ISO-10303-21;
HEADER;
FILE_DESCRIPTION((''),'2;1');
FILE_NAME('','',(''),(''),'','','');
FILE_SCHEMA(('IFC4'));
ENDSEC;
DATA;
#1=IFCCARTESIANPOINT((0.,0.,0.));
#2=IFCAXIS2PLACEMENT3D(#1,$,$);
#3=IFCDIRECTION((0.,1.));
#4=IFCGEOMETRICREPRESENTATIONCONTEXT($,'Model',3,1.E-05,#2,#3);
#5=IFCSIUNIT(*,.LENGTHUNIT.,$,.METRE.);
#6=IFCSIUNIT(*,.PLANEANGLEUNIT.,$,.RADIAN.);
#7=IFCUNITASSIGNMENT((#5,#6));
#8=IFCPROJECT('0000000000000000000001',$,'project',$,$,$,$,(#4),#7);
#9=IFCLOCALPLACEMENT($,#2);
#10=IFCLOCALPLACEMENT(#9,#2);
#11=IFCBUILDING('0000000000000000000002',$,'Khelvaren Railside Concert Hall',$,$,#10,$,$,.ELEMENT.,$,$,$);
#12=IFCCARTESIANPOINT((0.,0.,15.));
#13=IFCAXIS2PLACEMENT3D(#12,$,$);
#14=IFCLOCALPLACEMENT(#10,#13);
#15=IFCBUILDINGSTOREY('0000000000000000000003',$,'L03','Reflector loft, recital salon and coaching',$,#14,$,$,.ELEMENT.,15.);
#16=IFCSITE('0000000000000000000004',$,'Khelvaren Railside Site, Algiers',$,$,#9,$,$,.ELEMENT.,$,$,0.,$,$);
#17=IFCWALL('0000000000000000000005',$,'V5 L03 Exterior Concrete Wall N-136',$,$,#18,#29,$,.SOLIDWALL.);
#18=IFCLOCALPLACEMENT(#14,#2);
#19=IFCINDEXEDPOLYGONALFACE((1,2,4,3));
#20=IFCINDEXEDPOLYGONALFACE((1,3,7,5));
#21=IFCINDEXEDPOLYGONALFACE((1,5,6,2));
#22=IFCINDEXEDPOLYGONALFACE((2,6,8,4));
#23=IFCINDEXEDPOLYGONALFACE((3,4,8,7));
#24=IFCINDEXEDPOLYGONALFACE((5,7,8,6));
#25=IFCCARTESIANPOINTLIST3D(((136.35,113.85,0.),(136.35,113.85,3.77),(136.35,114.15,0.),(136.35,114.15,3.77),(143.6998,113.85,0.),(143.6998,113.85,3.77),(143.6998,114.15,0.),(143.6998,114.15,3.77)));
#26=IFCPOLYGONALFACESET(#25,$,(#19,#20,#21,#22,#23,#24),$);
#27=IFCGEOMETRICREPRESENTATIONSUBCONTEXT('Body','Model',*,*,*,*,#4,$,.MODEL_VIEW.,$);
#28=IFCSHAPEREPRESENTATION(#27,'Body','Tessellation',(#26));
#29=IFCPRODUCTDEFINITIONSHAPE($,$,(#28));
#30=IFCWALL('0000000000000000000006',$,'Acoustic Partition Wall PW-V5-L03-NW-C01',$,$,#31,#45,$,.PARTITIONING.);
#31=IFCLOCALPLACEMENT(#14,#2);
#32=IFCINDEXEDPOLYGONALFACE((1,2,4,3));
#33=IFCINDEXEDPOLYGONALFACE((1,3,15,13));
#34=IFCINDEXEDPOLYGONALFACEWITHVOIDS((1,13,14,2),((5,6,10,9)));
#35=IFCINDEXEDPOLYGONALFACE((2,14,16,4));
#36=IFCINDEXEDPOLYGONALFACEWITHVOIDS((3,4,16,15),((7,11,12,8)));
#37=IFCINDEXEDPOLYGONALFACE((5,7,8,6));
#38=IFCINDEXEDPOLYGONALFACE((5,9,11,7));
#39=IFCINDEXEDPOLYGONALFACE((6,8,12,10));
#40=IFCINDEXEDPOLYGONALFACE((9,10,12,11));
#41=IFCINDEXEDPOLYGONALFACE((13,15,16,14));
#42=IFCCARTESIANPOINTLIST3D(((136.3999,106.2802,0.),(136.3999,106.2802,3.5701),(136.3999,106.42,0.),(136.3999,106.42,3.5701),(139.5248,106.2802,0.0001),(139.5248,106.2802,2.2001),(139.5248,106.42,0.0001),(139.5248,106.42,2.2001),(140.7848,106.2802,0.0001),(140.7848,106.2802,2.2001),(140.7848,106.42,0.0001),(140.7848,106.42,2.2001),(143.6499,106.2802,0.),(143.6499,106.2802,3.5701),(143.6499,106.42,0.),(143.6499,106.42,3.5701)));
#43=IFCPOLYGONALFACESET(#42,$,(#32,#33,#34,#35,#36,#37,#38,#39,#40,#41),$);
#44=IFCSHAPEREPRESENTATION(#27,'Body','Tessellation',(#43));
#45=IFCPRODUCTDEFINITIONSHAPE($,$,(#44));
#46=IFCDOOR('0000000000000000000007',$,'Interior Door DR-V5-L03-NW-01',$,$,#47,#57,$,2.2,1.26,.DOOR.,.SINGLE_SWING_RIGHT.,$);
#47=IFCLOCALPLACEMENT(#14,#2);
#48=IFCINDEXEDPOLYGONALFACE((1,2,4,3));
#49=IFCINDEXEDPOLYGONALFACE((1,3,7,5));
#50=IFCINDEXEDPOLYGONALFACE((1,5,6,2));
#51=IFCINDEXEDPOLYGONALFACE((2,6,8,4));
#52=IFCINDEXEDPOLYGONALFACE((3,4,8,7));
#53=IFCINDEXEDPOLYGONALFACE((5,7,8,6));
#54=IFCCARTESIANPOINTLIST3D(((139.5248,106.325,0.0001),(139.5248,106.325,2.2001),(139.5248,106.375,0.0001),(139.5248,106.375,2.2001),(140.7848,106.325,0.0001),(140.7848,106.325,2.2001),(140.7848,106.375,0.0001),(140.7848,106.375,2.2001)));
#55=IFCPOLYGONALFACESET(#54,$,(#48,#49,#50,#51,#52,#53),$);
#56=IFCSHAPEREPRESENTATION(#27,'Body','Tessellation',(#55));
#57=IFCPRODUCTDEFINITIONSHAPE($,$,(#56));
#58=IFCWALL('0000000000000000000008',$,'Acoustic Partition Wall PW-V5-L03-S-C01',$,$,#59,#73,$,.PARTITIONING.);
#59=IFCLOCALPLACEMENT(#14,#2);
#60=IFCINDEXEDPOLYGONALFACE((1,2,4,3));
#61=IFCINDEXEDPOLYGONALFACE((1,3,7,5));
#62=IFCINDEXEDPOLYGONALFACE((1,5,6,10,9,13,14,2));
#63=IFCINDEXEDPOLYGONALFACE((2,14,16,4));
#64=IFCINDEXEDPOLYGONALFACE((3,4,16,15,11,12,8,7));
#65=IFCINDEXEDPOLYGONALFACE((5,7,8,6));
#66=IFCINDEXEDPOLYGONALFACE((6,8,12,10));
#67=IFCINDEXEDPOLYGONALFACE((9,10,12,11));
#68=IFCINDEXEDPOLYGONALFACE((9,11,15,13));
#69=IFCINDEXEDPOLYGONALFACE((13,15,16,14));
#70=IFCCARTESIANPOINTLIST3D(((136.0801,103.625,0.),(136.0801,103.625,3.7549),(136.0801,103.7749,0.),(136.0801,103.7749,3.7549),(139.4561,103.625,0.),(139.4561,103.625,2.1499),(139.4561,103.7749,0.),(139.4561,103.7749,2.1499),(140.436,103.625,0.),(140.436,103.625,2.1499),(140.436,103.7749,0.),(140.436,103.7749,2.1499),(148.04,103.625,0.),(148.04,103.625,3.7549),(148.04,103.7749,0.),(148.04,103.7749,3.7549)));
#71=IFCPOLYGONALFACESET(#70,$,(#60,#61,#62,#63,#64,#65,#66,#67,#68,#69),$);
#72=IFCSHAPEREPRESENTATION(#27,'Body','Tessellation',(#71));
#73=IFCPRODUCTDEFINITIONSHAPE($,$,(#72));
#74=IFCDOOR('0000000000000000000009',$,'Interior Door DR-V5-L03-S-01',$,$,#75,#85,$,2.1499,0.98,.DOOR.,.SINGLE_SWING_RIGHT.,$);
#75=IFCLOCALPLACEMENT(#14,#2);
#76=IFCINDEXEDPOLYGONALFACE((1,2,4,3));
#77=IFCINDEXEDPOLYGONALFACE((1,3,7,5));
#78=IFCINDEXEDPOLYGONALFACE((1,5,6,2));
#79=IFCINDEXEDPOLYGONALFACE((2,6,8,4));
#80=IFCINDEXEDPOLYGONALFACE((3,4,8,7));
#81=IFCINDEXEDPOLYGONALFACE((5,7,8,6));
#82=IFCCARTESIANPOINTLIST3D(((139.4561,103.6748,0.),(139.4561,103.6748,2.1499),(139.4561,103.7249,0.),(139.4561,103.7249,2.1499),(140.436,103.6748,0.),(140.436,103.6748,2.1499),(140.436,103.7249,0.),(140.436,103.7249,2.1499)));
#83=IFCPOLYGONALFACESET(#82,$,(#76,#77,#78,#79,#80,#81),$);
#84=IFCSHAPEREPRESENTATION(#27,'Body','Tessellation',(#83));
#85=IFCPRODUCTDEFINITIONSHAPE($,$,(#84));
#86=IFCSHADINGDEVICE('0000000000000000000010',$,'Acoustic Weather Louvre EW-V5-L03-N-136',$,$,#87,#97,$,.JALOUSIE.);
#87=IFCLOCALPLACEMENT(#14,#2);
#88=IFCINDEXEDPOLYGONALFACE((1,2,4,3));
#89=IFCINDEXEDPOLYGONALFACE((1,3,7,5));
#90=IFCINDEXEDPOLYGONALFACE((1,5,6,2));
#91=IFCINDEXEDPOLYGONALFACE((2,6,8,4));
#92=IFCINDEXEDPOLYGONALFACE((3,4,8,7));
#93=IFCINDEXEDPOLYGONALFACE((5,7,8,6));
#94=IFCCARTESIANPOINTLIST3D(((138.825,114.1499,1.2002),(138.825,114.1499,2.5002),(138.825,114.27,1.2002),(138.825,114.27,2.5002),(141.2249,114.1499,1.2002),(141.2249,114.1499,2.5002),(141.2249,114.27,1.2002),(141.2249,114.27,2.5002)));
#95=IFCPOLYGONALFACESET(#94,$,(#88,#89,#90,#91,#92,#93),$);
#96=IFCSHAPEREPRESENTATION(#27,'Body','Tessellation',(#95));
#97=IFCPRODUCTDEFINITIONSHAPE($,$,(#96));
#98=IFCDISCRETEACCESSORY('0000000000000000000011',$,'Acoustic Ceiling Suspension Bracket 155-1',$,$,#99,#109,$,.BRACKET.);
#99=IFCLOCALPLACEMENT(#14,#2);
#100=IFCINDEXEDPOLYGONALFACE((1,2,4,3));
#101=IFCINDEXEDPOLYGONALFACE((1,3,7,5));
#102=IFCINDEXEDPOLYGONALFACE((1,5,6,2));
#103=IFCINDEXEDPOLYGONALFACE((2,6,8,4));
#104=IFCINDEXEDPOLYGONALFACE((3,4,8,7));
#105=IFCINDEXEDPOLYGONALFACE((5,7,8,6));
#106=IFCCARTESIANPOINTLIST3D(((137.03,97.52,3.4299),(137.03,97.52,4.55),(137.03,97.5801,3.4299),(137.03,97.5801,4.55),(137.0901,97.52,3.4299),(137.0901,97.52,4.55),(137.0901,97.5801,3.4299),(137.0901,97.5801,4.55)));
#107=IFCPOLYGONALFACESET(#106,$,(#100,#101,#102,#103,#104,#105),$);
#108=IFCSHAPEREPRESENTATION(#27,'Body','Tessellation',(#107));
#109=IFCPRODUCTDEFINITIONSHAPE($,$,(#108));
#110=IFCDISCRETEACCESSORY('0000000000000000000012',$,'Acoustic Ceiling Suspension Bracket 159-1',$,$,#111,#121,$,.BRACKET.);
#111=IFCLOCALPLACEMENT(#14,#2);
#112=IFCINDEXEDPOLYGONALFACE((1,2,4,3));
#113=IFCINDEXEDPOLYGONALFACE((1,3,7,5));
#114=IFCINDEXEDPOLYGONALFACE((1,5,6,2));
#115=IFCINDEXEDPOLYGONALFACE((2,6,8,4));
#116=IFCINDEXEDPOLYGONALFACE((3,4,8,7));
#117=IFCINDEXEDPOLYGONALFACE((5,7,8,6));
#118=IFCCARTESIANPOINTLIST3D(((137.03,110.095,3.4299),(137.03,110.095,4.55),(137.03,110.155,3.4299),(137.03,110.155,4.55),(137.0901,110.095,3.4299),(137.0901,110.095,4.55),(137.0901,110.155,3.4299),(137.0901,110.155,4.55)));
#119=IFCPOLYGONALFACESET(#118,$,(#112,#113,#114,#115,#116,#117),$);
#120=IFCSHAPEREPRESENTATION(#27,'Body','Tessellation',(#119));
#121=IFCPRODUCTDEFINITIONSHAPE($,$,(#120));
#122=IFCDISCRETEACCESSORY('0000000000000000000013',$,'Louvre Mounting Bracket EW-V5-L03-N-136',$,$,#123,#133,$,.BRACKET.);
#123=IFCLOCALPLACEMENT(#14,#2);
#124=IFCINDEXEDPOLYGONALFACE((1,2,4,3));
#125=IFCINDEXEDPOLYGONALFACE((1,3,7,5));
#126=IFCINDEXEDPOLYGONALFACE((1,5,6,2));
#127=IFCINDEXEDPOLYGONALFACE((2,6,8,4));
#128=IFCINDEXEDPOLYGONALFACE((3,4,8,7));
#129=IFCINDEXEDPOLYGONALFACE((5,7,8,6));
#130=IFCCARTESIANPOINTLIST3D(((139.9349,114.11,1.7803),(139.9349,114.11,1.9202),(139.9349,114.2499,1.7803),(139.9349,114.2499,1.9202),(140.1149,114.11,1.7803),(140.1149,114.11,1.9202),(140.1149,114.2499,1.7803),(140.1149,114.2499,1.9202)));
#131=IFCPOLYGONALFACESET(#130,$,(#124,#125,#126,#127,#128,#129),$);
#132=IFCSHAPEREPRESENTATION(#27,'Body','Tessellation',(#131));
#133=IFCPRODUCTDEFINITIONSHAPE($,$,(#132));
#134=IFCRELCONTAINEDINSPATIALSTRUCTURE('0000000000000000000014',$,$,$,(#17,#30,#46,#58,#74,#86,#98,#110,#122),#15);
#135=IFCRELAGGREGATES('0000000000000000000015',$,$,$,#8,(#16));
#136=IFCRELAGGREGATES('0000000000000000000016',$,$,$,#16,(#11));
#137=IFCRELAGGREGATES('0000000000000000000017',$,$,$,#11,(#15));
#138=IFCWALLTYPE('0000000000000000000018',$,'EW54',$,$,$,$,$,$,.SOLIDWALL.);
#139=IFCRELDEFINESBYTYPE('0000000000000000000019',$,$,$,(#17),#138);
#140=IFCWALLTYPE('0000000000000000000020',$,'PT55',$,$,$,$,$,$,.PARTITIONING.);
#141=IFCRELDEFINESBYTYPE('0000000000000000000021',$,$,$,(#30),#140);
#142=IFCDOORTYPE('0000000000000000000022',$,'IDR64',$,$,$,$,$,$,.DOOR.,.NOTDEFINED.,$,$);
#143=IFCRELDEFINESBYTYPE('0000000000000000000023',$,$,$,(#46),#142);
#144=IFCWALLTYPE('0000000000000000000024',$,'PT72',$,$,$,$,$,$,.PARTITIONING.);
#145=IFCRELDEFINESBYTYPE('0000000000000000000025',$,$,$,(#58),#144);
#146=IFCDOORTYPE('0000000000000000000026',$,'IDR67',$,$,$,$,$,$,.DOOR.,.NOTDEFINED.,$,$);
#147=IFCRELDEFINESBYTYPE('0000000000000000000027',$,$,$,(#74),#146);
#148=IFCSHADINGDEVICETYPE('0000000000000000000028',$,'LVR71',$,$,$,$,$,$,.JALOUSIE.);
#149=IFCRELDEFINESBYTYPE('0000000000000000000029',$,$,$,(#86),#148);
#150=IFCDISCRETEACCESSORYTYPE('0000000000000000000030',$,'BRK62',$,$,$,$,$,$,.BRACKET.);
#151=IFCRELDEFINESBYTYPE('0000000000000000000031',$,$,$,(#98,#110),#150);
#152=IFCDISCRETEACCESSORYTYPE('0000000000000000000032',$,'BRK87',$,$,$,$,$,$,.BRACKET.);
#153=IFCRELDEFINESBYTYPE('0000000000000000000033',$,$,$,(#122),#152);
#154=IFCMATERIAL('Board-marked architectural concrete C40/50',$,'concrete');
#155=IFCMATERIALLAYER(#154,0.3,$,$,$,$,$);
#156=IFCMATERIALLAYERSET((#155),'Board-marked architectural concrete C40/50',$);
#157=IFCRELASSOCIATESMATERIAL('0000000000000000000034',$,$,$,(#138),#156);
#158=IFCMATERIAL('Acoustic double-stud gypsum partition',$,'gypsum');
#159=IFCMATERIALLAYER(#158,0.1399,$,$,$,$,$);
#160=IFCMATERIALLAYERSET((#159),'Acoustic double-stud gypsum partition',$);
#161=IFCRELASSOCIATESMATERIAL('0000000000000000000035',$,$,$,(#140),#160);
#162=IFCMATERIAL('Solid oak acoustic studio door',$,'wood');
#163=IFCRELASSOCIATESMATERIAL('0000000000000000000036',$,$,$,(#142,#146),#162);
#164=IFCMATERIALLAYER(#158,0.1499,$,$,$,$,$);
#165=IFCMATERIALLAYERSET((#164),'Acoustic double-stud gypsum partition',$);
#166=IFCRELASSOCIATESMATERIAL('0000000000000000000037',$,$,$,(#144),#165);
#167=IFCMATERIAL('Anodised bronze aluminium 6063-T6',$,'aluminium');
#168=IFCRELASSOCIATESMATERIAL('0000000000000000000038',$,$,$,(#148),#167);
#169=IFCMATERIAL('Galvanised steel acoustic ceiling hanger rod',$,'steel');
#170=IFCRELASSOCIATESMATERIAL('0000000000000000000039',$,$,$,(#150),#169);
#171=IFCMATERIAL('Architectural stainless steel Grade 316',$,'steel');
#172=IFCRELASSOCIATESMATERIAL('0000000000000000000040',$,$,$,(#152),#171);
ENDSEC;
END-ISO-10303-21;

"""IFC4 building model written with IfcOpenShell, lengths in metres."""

from ifc_helpers import new_model, si_unit, direction, frame, frame_2d, origin, origin_2d, place, context, subcontext, project, spatial, rectangle, extrude, material, layer, layer_set, type_object, element, fill, save


model = new_model("IFC4")

# Units and contexts
model_context = context("Model", 3, precision=1e-05, world=origin(), true_north=direction((0.0, 1.0)))
body_context = subcontext(model_context, "Body", "Model", "MODEL_VIEW")
ifc_project = project(units=[si_unit("LENGTHUNIT", "METRE"), si_unit("PLANEANGLEUNIT", "RADIAN")], contexts=[model_context])

# Site, building, storey
site_placement = place(None, origin())
site = spatial("IfcSite", under=ifc_project, at=site_placement, Name="Khelvaren Railside Site, Algiers", CompositionType="ELEMENT", RefElevation=0.0)
building_placement = place(site_placement, origin())
building = spatial("IfcBuilding", under=site, at=building_placement, Name="Khelvaren Railside Concert Hall", CompositionType="ELEMENT")
storey_placement = place(building_placement, frame((0.0, 0.0, 15.0)))
storey = spatial("IfcBuildingStorey", under=building, at=storey_placement, Name="L03", Description="Reflector loft, recital salon and coaching", CompositionType="ELEMENT", Elevation=15.0)

# Wall
ifc_material_1 = material(Name="Board-marked architectural concrete C40/50", Category="concrete")
ifc_layer_1 = layer(ifc_material_1, 0.3)
ifc_layer_set_1 = layer_set([ifc_layer_1], Name="Board-marked architectural concrete C40/50")
wall_type_1 = type_object("IfcWallType", Name="EW54", PredefinedType="SOLIDWALL", material=ifc_layer_set_1)
wall_1_placement = place(storey_placement, frame((136.3501, 114.0, 0.0), z_axis=(0.0, 0.0, 1.0), x_axis=(1.0, 0.0, 0.0)))
element("IfcWall", 1, at=wall_1_placement, inside=storey, type_object=wall_type_1, Name="V5 L03 Exterior Concrete Wall N-136", PredefinedType="SOLIDWALL", context=body_context, shape_type="SweptSolid", body=[
    extrude(rectangle(XDim=7.3499, YDim=0.3, at=frame_2d((3.6748, 0.0))), origin(), (0.0, 0.0, 1.0), 3.77),
])

# Walls, openings, doors
ifc_material_2 = material(Name="Acoustic double-stud gypsum partition", Category="gypsum")
ifc_layer_2 = layer(ifc_material_2, 0.1399)
ifc_layer_set_2 = layer_set([ifc_layer_2], Name="Acoustic double-stud gypsum partition")
wall_type_2 = type_object("IfcWallType", Name="PT55", PredefinedType="PARTITIONING", material=ifc_layer_set_2)
wall_2_placement = place(storey_placement, frame((136.3999, 106.3501, 0.0), z_axis=(0.0, 0.0, 1.0), x_axis=(1.0, 0.0, 0.0)))
wall_2 = element("IfcWall", 2, at=wall_2_placement, inside=storey, type_object=wall_type_2, Name="Acoustic Partition Wall PW-V5-L03-NW-C01", PredefinedType="PARTITIONING", context=body_context, shape_type="SweptSolid", body=[
    extrude(rectangle(XDim=7.25, YDim=0.1399, at=frame_2d((3.625, 0.0))), origin(), (0.0, 0.0, 1.0), 3.5701),
])
opening_1_placement = place(wall_2_placement, frame((3.125, 0.0, 0.0)))
opening_1 = element("IfcOpeningElement", 3, at=opening_1_placement, cuts=wall_2, PredefinedType="OPENING", context=body_context, shape_type="SweptSolid", body=[
    extrude(rectangle(XDim=1.26, YDim=2.2, at=frame_2d((0.6299, 1.1001))), frame((0.0, 0.0798, 0.0), z_axis=(0.0, -1.0, 0.0), x_axis=(1.0, 0.0, 0.0)), (0.0, 0.0, 1.0), 0.1599),
])
ifc_material_3 = material(Name="Solid oak acoustic studio door", Category="wood")
door_type_1 = type_object("IfcDoorType", Name="IDR64", OperationType="NOTDEFINED", PredefinedType="DOOR", material=ifc_material_3)
door_1_placement = place(opening_1_placement, origin())
door_1 = element("IfcDoor", 4, at=door_1_placement, inside=storey, type_object=door_type_1, Name="Interior Door DR-V5-L03-NW-01", OperationType="SINGLE_SWING_RIGHT", OverallHeight=2.2, OverallWidth=1.26, PredefinedType="DOOR", context=body_context, shape_type="SweptSolid", body=[
    extrude(rectangle(XDim=1.26, YDim=2.2, at=frame_2d((0.6299, 1.1001))), frame((0.0, 0.0249, 0.0), z_axis=(0.0, -1.0, 0.0), x_axis=(1.0, 0.0, 0.0)), (0.0, 0.0, 1.0), 0.05),
])
fill(opening_1, door_1)
ifc_layer_3 = layer(ifc_material_2, 0.1499)
ifc_layer_set_3 = layer_set([ifc_layer_3], Name="Acoustic double-stud gypsum partition")
wall_type_3 = type_object("IfcWallType", Name="PT72", PredefinedType="PARTITIONING", material=ifc_layer_set_3)
wall_3_placement = place(storey_placement, frame((136.0801, 103.7, 0.0), z_axis=(0.0, 0.0, 1.0), x_axis=(1.0, 0.0, 0.0)))
wall_3 = element("IfcWall", 5, at=wall_3_placement, inside=storey, type_object=wall_type_3, Name="Acoustic Partition Wall PW-V5-L03-S-C01", PredefinedType="PARTITIONING", context=body_context, shape_type="SweptSolid", body=[
    extrude(rectangle(XDim=11.96, YDim=0.1499, at=frame_2d((5.98, 0.0))), origin(), (0.0, 0.0, 1.0), 3.7549),
])
opening_2_placement = place(wall_3_placement, frame((3.376, 0.0, 0.0)))
opening_2 = element("IfcOpeningElement", 6, at=opening_2_placement, cuts=wall_3, PredefinedType="OPENING", context=body_context, shape_type="SweptSolid", body=[
    extrude(rectangle(XDim=0.98, YDim=2.1499, at=frame_2d((0.49, 1.075))), frame((0.0, 0.085, 0.0), z_axis=(0.0, -1.0, 0.0), x_axis=(1.0, 0.0, 0.0)), (0.0, 0.0, 1.0), 0.1699),
])
door_type_2 = type_object("IfcDoorType", Name="IDR67", OperationType="NOTDEFINED", PredefinedType="DOOR", material=ifc_material_3)
door_2_placement = place(opening_2_placement, origin())
door_2 = element("IfcDoor", 7, at=door_2_placement, inside=storey, type_object=door_type_2, Name="Interior Door DR-V5-L03-S-01", OperationType="SINGLE_SWING_RIGHT", OverallHeight=2.1499, OverallWidth=0.98, PredefinedType="DOOR", context=body_context, shape_type="SweptSolid", body=[
    extrude(rectangle(XDim=0.98, YDim=2.1499, at=frame_2d((0.49, 1.075))), frame((0.0, 0.0249, 0.0), z_axis=(0.0, -1.0, 0.0), x_axis=(1.0, 0.0, 0.0)), (0.0, 0.0, 1.0), 0.05),
])
fill(opening_2, door_2)

# Shading device
ifc_material_4 = material(Name="Anodised bronze aluminium 6063-T6", Category="aluminium")
shading_device_type = type_object("IfcShadingDeviceType", Name="LVR71", PredefinedType="JALOUSIE", material=ifc_material_4)
shading_device_placement = place(storey_placement, frame((140.0249, 114.21, 1.2002), z_axis=(0.0, 0.0, 1.0), x_axis=(1.0, 0.0, 0.0)))
element("IfcShadingDevice", 8, at=shading_device_placement, inside=storey, type_object=shading_device_type, Name="Acoustic Weather Louvre EW-V5-L03-N-136", PredefinedType="JALOUSIE", context=body_context, shape_type="SweptSolid", body=[
    extrude(rectangle(XDim=2.3999, YDim=0.1201, at=origin_2d()), origin(), (0.0, 0.0, 1.0), 1.3),
])

# Discrete accessories
ifc_material_5 = material(Name="Galvanised steel acoustic ceiling hanger rod", Category="steel")
discrete_accessory_type_1 = type_object("IfcDiscreteAccessoryType", Name="BRK62", PredefinedType="BRACKET", material=ifc_material_5)
for number, where, z_axis, x_axis, name in (
    (9, (137.0601, 97.55, 3.4299), (0.0, 0.0, 1.0), (1.0, 0.0, 0.0), "Acoustic Ceiling Suspension Bracket 155-1"),
    (10, (137.0601, 110.125, 3.4299), (0.0, 0.0, 1.0), (1.0, 0.0, 0.0), "Acoustic Ceiling Suspension Bracket 159-1"),
):
    element("IfcDiscreteAccessory", number, at=place(storey_placement, frame(where, z_axis=z_axis, x_axis=x_axis)), inside=storey, type_object=discrete_accessory_type_1, Name=name, PredefinedType="BRACKET", context=body_context, shape_type="SweptSolid", body=[
        extrude(rectangle(XDim=0.0601, YDim=0.0601, at=origin_2d()), origin(), (0.0, 0.0, 1.0), 1.1201),
    ])
ifc_material_6 = material(Name="Architectural stainless steel Grade 316", Category="steel")
discrete_accessory_type_2 = type_object("IfcDiscreteAccessoryType", Name="BRK87", PredefinedType="BRACKET", material=ifc_material_6)
discrete_accessory_placement = place(storey_placement, frame((140.0249, 114.1799, 1.7803), z_axis=(0.0, 0.0, 1.0), x_axis=(1.0, 0.0, 0.0)))
element("IfcDiscreteAccessory", 11, at=discrete_accessory_placement, inside=storey, type_object=discrete_accessory_type_2, Name="Louvre Mounting Bracket EW-V5-L03-N-136", PredefinedType="BRACKET", context=body_context, shape_type="SweptSolid", body=[
    extrude(rectangle(XDim=0.1799, YDim=0.1399, at=origin_2d()), origin(), (0.0, 0.0, 1.0), 0.1399),
])

save(model, "model.ifc")
